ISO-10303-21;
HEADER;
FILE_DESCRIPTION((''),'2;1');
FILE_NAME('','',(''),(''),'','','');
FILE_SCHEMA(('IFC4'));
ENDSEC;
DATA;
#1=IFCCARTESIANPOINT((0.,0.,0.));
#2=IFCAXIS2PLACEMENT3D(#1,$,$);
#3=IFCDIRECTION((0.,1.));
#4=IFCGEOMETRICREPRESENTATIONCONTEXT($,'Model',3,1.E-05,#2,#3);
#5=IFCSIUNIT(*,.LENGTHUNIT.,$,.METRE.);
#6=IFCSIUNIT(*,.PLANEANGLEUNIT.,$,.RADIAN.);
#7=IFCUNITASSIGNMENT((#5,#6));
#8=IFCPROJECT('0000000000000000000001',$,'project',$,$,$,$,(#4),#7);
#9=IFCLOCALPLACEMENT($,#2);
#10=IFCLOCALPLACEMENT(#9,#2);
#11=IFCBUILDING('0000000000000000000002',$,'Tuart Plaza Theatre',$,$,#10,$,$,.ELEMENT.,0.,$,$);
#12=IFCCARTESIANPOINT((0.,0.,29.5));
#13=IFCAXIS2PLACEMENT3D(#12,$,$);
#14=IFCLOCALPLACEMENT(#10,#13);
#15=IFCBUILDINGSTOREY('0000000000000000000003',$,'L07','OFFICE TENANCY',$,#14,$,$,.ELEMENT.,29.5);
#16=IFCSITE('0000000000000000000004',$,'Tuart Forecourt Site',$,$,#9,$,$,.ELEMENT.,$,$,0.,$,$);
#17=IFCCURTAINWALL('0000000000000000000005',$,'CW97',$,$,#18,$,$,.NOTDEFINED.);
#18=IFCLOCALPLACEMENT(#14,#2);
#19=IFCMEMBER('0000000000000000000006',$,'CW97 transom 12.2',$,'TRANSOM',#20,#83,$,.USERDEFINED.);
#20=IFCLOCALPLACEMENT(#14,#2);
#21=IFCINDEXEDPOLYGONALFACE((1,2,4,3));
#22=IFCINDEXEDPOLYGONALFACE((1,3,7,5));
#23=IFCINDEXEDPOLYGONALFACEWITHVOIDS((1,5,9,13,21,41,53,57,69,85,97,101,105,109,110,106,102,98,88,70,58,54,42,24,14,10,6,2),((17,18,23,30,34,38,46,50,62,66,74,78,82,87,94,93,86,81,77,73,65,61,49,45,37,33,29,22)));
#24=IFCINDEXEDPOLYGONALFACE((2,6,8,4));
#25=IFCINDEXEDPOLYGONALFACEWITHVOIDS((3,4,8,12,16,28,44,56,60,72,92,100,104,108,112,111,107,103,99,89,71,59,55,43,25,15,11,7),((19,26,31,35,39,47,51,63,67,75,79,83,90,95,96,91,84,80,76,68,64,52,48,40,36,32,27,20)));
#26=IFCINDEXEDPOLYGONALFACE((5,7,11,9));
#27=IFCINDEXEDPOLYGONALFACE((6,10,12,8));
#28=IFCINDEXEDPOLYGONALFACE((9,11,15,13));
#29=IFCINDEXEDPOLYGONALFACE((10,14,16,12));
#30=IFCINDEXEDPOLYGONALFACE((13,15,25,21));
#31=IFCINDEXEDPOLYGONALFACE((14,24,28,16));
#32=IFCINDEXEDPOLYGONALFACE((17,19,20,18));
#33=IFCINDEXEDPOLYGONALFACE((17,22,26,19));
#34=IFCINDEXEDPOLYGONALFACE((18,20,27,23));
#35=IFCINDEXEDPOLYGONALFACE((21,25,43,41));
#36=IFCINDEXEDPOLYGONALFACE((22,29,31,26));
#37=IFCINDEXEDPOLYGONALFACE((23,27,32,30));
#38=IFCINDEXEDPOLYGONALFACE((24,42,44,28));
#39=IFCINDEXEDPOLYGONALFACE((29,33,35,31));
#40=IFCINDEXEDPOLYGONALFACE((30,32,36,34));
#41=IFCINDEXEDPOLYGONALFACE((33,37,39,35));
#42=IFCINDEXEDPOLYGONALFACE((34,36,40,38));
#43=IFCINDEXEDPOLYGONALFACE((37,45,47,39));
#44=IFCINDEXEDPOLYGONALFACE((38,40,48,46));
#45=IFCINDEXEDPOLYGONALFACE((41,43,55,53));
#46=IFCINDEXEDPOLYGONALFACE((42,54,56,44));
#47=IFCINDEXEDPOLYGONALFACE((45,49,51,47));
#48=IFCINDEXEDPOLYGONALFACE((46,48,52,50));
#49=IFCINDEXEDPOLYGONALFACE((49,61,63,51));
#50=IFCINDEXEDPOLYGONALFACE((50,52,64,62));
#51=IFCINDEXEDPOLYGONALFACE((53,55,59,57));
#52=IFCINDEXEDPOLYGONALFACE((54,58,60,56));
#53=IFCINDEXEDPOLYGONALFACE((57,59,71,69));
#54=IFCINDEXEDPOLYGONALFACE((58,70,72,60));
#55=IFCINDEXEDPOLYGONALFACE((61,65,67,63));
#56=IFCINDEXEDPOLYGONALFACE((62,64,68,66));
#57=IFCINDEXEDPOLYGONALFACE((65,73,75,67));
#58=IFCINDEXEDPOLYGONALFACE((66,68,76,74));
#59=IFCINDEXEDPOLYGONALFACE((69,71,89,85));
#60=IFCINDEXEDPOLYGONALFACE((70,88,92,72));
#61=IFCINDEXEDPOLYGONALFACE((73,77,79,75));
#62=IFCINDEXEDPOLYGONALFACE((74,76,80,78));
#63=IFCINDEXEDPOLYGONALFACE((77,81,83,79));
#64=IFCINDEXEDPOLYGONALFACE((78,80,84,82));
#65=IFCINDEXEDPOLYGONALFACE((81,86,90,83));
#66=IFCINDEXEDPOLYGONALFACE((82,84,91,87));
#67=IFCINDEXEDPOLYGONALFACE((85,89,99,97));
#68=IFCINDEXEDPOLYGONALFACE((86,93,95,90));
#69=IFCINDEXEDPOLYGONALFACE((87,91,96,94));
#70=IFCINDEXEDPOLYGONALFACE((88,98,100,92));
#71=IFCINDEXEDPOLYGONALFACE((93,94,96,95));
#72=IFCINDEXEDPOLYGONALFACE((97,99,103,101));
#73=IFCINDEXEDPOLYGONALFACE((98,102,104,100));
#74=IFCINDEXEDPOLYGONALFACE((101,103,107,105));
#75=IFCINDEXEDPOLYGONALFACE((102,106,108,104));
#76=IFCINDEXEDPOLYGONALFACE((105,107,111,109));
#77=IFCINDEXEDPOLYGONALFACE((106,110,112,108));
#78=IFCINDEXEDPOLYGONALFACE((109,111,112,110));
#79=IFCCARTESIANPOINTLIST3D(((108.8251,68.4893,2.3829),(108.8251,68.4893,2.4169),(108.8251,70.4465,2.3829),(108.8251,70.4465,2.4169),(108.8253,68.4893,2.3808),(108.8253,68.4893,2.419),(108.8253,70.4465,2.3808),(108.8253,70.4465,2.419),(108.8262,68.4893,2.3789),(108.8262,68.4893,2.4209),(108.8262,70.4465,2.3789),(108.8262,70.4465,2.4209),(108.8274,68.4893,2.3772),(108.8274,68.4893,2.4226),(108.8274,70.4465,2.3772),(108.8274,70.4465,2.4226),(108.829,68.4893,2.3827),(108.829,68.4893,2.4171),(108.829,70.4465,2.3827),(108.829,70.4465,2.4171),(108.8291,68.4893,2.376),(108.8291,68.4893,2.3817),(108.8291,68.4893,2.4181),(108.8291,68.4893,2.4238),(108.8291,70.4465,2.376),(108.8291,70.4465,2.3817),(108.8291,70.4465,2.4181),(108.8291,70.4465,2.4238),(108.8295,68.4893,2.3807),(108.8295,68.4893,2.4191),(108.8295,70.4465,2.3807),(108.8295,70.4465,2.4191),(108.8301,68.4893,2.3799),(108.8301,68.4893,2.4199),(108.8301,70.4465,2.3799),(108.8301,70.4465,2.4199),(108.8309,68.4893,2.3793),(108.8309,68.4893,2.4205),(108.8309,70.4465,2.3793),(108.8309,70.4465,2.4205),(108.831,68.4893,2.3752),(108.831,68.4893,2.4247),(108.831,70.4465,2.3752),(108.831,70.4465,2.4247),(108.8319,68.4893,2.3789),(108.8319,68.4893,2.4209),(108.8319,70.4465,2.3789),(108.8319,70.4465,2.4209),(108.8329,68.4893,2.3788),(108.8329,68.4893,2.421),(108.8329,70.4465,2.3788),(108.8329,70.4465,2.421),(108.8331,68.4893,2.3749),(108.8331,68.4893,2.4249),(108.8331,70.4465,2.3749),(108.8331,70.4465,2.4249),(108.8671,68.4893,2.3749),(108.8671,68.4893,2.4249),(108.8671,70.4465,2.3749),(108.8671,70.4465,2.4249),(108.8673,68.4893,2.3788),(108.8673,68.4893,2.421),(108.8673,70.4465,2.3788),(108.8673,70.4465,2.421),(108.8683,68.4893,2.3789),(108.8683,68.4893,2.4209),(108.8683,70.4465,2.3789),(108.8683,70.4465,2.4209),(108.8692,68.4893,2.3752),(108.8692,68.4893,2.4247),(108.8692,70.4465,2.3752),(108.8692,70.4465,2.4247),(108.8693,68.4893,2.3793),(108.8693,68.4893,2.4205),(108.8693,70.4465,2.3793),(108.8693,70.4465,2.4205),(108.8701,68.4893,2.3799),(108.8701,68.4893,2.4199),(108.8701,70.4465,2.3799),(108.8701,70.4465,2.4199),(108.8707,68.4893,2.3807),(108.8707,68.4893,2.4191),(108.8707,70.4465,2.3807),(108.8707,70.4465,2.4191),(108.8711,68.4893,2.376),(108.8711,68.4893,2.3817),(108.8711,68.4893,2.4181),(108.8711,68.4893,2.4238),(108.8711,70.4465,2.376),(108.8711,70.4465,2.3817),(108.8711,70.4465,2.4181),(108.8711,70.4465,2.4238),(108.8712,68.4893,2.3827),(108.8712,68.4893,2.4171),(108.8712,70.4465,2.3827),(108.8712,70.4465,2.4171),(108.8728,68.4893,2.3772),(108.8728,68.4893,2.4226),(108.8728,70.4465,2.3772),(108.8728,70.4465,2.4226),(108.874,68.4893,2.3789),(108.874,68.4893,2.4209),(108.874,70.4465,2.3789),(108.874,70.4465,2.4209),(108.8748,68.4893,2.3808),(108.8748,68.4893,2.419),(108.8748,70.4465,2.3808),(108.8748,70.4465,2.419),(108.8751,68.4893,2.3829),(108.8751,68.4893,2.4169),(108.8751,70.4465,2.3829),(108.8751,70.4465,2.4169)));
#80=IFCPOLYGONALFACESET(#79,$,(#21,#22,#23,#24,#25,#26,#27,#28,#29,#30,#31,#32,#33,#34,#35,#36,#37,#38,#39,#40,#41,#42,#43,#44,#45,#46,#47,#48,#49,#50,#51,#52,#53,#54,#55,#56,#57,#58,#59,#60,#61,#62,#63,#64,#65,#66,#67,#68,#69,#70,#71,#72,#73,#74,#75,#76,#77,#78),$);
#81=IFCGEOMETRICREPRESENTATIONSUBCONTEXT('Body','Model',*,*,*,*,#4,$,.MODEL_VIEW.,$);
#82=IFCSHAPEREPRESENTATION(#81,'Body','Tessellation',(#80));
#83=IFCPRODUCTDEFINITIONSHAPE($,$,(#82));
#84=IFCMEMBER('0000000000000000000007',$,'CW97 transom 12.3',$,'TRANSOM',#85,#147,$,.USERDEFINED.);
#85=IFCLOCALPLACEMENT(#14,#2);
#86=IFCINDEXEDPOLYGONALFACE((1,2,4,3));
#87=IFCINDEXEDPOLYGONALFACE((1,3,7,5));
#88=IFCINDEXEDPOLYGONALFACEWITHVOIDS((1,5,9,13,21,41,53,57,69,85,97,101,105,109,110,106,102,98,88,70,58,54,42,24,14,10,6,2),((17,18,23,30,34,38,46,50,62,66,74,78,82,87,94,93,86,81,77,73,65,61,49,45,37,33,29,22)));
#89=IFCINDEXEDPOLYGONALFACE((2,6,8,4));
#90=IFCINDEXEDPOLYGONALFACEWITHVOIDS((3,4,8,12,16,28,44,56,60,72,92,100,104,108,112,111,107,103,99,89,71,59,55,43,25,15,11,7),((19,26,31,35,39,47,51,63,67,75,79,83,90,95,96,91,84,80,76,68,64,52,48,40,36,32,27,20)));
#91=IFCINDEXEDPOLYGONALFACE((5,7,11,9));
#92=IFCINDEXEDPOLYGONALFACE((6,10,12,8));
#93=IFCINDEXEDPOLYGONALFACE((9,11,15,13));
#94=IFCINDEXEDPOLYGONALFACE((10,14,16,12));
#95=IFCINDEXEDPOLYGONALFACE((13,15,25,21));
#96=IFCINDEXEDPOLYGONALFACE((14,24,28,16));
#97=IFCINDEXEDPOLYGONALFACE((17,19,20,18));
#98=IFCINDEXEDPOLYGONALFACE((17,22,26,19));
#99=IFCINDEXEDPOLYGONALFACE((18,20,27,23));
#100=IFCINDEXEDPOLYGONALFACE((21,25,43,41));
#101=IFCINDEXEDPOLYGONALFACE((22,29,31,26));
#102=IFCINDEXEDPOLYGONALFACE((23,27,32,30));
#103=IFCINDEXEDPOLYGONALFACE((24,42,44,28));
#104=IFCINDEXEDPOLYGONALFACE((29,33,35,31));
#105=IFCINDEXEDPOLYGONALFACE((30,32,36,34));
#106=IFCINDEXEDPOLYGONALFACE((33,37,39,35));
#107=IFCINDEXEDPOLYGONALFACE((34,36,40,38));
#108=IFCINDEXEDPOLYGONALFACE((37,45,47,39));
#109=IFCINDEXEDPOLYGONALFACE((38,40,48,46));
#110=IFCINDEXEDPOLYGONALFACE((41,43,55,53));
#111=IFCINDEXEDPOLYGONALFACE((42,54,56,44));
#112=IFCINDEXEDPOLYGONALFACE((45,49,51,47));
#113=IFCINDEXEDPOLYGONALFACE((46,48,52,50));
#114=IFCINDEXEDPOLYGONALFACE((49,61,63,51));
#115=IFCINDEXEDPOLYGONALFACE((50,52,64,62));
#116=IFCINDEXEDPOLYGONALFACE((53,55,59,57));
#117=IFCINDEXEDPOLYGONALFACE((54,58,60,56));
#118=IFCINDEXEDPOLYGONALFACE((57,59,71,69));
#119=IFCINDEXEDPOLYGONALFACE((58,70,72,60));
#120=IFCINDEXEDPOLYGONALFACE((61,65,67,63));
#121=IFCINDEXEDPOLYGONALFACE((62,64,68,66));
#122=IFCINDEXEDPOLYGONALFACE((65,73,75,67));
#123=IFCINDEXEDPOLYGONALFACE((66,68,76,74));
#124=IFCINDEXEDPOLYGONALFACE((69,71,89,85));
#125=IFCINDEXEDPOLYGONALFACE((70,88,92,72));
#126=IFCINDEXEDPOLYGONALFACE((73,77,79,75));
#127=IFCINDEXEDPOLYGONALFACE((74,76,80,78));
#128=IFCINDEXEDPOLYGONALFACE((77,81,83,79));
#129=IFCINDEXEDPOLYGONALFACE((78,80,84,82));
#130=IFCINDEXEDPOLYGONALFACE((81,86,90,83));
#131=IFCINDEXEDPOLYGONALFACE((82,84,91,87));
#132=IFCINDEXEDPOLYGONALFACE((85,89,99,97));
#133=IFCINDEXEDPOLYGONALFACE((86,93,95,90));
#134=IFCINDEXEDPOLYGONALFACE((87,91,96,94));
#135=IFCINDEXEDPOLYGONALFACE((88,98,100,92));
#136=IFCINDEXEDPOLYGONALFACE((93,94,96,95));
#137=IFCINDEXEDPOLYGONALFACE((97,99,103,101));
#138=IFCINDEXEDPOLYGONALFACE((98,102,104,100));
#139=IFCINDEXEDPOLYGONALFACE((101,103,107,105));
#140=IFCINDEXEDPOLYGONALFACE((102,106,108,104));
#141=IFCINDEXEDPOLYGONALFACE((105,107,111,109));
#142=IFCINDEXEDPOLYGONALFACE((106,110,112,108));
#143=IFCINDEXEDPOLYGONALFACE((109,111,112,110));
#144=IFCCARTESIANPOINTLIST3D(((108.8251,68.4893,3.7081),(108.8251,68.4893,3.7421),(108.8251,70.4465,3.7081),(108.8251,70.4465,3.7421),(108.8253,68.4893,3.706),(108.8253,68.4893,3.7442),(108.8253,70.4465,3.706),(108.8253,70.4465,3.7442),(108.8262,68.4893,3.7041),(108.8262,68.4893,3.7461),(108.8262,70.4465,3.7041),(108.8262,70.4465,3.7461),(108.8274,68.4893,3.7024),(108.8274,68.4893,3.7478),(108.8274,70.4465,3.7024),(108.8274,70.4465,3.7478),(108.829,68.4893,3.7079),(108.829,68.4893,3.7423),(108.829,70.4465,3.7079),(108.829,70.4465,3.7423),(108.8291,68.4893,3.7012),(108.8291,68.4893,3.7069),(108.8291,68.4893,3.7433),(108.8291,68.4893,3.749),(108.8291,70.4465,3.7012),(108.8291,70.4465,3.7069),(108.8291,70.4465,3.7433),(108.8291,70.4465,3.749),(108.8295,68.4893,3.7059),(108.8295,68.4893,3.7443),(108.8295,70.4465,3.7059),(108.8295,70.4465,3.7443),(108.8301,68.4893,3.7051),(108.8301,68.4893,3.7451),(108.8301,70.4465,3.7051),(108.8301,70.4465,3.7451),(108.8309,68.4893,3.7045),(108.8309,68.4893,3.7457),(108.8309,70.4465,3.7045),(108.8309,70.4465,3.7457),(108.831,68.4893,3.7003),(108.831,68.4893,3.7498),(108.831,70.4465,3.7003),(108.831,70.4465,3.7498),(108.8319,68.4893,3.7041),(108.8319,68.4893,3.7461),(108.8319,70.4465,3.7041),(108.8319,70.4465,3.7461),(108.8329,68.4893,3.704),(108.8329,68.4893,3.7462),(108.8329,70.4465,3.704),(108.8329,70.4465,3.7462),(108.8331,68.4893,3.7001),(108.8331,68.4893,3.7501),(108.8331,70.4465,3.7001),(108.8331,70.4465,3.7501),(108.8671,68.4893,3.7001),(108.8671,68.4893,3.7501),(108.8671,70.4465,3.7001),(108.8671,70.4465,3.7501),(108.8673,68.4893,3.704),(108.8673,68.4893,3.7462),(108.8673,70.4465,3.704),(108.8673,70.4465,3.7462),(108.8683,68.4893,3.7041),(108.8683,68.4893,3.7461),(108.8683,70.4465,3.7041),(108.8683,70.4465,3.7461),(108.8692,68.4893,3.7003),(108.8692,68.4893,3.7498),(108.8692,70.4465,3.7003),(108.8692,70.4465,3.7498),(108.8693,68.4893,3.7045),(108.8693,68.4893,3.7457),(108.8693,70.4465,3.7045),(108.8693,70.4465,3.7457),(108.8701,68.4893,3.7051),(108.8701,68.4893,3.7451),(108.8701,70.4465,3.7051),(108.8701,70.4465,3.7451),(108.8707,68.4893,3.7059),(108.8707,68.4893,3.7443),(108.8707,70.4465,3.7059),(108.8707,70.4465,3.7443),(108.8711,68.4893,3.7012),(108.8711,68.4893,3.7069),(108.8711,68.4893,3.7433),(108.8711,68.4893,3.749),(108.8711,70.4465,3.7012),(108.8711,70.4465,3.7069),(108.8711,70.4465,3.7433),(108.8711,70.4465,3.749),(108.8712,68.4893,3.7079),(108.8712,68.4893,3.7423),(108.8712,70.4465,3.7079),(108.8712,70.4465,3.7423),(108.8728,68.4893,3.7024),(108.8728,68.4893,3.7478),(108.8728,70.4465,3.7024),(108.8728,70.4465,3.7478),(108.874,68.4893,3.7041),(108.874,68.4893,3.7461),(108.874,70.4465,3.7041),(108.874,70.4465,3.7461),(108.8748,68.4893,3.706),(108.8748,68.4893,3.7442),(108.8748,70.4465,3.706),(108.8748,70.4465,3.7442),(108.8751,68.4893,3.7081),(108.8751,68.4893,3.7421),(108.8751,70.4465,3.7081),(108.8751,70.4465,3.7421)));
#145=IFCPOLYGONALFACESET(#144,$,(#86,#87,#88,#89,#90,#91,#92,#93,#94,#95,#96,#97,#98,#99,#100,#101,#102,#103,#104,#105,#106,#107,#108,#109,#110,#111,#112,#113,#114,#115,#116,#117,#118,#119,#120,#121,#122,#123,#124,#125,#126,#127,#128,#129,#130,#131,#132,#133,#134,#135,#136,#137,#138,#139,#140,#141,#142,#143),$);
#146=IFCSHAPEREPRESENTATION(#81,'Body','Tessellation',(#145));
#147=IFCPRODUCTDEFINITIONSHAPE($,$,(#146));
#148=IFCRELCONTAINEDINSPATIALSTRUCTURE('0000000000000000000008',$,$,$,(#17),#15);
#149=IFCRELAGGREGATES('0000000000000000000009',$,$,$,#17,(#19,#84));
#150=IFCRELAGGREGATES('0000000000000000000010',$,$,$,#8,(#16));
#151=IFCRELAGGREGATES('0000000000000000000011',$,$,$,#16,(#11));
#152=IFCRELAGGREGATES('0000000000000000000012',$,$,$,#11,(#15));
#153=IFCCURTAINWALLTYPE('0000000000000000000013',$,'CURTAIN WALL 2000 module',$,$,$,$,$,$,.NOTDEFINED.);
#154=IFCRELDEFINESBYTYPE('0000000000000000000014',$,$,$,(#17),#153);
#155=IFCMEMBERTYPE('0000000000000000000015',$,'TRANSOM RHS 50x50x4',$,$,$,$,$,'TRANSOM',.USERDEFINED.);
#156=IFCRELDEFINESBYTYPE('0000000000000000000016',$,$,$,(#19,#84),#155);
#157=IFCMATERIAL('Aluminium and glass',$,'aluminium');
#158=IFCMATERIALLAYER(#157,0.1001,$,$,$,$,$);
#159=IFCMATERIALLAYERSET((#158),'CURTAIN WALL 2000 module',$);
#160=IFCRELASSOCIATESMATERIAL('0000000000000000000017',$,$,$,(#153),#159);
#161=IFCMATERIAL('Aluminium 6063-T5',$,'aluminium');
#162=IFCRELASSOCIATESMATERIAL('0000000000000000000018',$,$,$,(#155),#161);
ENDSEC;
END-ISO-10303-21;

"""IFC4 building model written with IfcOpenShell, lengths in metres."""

from ifc_helpers import new_model, si_unit, direction, frame, origin, origin_2d, place, context, subcontext, project, spatial, hollow_rectangle, extrude, material, layer, layer_set, material_profile, profile_set, type_object, element, aggregate, save


model = new_model("IFC4")

# Units and contexts
model_context = context("Model", 3, precision=1e-05, world=origin(), true_north=direction((0.0, 1.0)))
body_context = subcontext(model_context, "Body", "Model", "MODEL_VIEW")
ifc_project = project(units=[si_unit("LENGTHUNIT", "METRE"), si_unit("PLANEANGLEUNIT", "RADIAN")], contexts=[model_context])

# Site, building, storey
site_placement = place(None, origin())
site = spatial("IfcSite", under=ifc_project, at=site_placement, Name="Tuart Forecourt Site", CompositionType="ELEMENT", RefElevation=0.0)
building_placement = place(site_placement, origin())
building = spatial("IfcBuilding", under=site, at=building_placement, Name="Tuart Plaza Theatre", CompositionType="ELEMENT", ElevationOfRefHeight=0.0)
storey_placement = place(building_placement, frame((0.0, 0.0, 29.5)))
storey = spatial("IfcBuildingStorey", under=building, at=storey_placement, Name="L07", Description="OFFICE TENANCY", CompositionType="ELEMENT", Elevation=29.5)

# Curtain wall, members
ifc_material_1 = material(Name="Aluminium and glass", Category="aluminium")
ifc_layer_1 = layer(ifc_material_1, 0.1001)
ifc_layer_set_1 = layer_set([ifc_layer_1], Name="CURTAIN WALL 2000 module")
curtain_wall_type = type_object("IfcCurtainWallType", Name="CURTAIN WALL 2000 module", PredefinedType="NOTDEFINED", material=ifc_layer_set_1)
curtain_wall_1_placement = place(storey_placement, origin())
curtain_wall_1 = element("IfcCurtainWall", 1, at=curtain_wall_1_placement, inside=storey, type_object=curtain_wall_type, Name="CW97", PredefinedType="NOTDEFINED")
ifc_material_2 = material(Name="Aluminium 6063-T5", Category="aluminium")
ifc_material_profile_1 = material_profile(ifc_material_2, hollow_rectangle(XDim=0.05, YDim=0.05, WallThickness=0.0039, InnerFilletRadius=0.0039, OuterFilletRadius=0.0081, at=origin_2d()), Name="RHS 50x50x4")
ifc_profile_set_1 = profile_set([ifc_material_profile_1], Name="Aluminium 6063-T5")
member_type = type_object("IfcMemberType", Name="TRANSOM RHS 50x50x4", ElementType="TRANSOM", PredefinedType="USERDEFINED", material=ifc_profile_set_1)
member_1_placement = place(storey_placement, frame((108.8501, 70.4465, 2.3999), z_axis=(0.0, -1.0, 0.0), x_axis=(1.0, 0.0, 0.0)))
member_1 = element("IfcMember", 2, at=member_1_placement, type_object=member_type, Name="CW97 transom 12.2", ObjectType="TRANSOM", PredefinedType="USERDEFINED", context=body_context, shape_type="SweptSolid", body=[
    extrude(hollow_rectangle(XDim=0.05, YDim=0.05, WallThickness=0.0039, InnerFilletRadius=0.0039, OuterFilletRadius=0.0081, at=origin_2d()), origin(), (0.0, 0.0, 1.0), 1.9573),
])
member_2_placement = place(storey_placement, frame((108.8501, 70.4465, 3.7251), z_axis=(0.0, -1.0, 0.0), x_axis=(1.0, 0.0, 0.0)))
member_2 = element("IfcMember", 3, at=member_2_placement, type_object=member_type, Name="CW97 transom 12.3", ObjectType="TRANSOM", PredefinedType="USERDEFINED", context=body_context, shape_type="SweptSolid", body=[
    extrude(hollow_rectangle(XDim=0.05, YDim=0.05, WallThickness=0.0039, InnerFilletRadius=0.0039, OuterFilletRadius=0.0081, at=origin_2d()), origin(), (0.0, 0.0, 1.0), 1.9573),
])
aggregate(curtain_wall_1, [member_1, member_2])

save(model, "model.ifc")
